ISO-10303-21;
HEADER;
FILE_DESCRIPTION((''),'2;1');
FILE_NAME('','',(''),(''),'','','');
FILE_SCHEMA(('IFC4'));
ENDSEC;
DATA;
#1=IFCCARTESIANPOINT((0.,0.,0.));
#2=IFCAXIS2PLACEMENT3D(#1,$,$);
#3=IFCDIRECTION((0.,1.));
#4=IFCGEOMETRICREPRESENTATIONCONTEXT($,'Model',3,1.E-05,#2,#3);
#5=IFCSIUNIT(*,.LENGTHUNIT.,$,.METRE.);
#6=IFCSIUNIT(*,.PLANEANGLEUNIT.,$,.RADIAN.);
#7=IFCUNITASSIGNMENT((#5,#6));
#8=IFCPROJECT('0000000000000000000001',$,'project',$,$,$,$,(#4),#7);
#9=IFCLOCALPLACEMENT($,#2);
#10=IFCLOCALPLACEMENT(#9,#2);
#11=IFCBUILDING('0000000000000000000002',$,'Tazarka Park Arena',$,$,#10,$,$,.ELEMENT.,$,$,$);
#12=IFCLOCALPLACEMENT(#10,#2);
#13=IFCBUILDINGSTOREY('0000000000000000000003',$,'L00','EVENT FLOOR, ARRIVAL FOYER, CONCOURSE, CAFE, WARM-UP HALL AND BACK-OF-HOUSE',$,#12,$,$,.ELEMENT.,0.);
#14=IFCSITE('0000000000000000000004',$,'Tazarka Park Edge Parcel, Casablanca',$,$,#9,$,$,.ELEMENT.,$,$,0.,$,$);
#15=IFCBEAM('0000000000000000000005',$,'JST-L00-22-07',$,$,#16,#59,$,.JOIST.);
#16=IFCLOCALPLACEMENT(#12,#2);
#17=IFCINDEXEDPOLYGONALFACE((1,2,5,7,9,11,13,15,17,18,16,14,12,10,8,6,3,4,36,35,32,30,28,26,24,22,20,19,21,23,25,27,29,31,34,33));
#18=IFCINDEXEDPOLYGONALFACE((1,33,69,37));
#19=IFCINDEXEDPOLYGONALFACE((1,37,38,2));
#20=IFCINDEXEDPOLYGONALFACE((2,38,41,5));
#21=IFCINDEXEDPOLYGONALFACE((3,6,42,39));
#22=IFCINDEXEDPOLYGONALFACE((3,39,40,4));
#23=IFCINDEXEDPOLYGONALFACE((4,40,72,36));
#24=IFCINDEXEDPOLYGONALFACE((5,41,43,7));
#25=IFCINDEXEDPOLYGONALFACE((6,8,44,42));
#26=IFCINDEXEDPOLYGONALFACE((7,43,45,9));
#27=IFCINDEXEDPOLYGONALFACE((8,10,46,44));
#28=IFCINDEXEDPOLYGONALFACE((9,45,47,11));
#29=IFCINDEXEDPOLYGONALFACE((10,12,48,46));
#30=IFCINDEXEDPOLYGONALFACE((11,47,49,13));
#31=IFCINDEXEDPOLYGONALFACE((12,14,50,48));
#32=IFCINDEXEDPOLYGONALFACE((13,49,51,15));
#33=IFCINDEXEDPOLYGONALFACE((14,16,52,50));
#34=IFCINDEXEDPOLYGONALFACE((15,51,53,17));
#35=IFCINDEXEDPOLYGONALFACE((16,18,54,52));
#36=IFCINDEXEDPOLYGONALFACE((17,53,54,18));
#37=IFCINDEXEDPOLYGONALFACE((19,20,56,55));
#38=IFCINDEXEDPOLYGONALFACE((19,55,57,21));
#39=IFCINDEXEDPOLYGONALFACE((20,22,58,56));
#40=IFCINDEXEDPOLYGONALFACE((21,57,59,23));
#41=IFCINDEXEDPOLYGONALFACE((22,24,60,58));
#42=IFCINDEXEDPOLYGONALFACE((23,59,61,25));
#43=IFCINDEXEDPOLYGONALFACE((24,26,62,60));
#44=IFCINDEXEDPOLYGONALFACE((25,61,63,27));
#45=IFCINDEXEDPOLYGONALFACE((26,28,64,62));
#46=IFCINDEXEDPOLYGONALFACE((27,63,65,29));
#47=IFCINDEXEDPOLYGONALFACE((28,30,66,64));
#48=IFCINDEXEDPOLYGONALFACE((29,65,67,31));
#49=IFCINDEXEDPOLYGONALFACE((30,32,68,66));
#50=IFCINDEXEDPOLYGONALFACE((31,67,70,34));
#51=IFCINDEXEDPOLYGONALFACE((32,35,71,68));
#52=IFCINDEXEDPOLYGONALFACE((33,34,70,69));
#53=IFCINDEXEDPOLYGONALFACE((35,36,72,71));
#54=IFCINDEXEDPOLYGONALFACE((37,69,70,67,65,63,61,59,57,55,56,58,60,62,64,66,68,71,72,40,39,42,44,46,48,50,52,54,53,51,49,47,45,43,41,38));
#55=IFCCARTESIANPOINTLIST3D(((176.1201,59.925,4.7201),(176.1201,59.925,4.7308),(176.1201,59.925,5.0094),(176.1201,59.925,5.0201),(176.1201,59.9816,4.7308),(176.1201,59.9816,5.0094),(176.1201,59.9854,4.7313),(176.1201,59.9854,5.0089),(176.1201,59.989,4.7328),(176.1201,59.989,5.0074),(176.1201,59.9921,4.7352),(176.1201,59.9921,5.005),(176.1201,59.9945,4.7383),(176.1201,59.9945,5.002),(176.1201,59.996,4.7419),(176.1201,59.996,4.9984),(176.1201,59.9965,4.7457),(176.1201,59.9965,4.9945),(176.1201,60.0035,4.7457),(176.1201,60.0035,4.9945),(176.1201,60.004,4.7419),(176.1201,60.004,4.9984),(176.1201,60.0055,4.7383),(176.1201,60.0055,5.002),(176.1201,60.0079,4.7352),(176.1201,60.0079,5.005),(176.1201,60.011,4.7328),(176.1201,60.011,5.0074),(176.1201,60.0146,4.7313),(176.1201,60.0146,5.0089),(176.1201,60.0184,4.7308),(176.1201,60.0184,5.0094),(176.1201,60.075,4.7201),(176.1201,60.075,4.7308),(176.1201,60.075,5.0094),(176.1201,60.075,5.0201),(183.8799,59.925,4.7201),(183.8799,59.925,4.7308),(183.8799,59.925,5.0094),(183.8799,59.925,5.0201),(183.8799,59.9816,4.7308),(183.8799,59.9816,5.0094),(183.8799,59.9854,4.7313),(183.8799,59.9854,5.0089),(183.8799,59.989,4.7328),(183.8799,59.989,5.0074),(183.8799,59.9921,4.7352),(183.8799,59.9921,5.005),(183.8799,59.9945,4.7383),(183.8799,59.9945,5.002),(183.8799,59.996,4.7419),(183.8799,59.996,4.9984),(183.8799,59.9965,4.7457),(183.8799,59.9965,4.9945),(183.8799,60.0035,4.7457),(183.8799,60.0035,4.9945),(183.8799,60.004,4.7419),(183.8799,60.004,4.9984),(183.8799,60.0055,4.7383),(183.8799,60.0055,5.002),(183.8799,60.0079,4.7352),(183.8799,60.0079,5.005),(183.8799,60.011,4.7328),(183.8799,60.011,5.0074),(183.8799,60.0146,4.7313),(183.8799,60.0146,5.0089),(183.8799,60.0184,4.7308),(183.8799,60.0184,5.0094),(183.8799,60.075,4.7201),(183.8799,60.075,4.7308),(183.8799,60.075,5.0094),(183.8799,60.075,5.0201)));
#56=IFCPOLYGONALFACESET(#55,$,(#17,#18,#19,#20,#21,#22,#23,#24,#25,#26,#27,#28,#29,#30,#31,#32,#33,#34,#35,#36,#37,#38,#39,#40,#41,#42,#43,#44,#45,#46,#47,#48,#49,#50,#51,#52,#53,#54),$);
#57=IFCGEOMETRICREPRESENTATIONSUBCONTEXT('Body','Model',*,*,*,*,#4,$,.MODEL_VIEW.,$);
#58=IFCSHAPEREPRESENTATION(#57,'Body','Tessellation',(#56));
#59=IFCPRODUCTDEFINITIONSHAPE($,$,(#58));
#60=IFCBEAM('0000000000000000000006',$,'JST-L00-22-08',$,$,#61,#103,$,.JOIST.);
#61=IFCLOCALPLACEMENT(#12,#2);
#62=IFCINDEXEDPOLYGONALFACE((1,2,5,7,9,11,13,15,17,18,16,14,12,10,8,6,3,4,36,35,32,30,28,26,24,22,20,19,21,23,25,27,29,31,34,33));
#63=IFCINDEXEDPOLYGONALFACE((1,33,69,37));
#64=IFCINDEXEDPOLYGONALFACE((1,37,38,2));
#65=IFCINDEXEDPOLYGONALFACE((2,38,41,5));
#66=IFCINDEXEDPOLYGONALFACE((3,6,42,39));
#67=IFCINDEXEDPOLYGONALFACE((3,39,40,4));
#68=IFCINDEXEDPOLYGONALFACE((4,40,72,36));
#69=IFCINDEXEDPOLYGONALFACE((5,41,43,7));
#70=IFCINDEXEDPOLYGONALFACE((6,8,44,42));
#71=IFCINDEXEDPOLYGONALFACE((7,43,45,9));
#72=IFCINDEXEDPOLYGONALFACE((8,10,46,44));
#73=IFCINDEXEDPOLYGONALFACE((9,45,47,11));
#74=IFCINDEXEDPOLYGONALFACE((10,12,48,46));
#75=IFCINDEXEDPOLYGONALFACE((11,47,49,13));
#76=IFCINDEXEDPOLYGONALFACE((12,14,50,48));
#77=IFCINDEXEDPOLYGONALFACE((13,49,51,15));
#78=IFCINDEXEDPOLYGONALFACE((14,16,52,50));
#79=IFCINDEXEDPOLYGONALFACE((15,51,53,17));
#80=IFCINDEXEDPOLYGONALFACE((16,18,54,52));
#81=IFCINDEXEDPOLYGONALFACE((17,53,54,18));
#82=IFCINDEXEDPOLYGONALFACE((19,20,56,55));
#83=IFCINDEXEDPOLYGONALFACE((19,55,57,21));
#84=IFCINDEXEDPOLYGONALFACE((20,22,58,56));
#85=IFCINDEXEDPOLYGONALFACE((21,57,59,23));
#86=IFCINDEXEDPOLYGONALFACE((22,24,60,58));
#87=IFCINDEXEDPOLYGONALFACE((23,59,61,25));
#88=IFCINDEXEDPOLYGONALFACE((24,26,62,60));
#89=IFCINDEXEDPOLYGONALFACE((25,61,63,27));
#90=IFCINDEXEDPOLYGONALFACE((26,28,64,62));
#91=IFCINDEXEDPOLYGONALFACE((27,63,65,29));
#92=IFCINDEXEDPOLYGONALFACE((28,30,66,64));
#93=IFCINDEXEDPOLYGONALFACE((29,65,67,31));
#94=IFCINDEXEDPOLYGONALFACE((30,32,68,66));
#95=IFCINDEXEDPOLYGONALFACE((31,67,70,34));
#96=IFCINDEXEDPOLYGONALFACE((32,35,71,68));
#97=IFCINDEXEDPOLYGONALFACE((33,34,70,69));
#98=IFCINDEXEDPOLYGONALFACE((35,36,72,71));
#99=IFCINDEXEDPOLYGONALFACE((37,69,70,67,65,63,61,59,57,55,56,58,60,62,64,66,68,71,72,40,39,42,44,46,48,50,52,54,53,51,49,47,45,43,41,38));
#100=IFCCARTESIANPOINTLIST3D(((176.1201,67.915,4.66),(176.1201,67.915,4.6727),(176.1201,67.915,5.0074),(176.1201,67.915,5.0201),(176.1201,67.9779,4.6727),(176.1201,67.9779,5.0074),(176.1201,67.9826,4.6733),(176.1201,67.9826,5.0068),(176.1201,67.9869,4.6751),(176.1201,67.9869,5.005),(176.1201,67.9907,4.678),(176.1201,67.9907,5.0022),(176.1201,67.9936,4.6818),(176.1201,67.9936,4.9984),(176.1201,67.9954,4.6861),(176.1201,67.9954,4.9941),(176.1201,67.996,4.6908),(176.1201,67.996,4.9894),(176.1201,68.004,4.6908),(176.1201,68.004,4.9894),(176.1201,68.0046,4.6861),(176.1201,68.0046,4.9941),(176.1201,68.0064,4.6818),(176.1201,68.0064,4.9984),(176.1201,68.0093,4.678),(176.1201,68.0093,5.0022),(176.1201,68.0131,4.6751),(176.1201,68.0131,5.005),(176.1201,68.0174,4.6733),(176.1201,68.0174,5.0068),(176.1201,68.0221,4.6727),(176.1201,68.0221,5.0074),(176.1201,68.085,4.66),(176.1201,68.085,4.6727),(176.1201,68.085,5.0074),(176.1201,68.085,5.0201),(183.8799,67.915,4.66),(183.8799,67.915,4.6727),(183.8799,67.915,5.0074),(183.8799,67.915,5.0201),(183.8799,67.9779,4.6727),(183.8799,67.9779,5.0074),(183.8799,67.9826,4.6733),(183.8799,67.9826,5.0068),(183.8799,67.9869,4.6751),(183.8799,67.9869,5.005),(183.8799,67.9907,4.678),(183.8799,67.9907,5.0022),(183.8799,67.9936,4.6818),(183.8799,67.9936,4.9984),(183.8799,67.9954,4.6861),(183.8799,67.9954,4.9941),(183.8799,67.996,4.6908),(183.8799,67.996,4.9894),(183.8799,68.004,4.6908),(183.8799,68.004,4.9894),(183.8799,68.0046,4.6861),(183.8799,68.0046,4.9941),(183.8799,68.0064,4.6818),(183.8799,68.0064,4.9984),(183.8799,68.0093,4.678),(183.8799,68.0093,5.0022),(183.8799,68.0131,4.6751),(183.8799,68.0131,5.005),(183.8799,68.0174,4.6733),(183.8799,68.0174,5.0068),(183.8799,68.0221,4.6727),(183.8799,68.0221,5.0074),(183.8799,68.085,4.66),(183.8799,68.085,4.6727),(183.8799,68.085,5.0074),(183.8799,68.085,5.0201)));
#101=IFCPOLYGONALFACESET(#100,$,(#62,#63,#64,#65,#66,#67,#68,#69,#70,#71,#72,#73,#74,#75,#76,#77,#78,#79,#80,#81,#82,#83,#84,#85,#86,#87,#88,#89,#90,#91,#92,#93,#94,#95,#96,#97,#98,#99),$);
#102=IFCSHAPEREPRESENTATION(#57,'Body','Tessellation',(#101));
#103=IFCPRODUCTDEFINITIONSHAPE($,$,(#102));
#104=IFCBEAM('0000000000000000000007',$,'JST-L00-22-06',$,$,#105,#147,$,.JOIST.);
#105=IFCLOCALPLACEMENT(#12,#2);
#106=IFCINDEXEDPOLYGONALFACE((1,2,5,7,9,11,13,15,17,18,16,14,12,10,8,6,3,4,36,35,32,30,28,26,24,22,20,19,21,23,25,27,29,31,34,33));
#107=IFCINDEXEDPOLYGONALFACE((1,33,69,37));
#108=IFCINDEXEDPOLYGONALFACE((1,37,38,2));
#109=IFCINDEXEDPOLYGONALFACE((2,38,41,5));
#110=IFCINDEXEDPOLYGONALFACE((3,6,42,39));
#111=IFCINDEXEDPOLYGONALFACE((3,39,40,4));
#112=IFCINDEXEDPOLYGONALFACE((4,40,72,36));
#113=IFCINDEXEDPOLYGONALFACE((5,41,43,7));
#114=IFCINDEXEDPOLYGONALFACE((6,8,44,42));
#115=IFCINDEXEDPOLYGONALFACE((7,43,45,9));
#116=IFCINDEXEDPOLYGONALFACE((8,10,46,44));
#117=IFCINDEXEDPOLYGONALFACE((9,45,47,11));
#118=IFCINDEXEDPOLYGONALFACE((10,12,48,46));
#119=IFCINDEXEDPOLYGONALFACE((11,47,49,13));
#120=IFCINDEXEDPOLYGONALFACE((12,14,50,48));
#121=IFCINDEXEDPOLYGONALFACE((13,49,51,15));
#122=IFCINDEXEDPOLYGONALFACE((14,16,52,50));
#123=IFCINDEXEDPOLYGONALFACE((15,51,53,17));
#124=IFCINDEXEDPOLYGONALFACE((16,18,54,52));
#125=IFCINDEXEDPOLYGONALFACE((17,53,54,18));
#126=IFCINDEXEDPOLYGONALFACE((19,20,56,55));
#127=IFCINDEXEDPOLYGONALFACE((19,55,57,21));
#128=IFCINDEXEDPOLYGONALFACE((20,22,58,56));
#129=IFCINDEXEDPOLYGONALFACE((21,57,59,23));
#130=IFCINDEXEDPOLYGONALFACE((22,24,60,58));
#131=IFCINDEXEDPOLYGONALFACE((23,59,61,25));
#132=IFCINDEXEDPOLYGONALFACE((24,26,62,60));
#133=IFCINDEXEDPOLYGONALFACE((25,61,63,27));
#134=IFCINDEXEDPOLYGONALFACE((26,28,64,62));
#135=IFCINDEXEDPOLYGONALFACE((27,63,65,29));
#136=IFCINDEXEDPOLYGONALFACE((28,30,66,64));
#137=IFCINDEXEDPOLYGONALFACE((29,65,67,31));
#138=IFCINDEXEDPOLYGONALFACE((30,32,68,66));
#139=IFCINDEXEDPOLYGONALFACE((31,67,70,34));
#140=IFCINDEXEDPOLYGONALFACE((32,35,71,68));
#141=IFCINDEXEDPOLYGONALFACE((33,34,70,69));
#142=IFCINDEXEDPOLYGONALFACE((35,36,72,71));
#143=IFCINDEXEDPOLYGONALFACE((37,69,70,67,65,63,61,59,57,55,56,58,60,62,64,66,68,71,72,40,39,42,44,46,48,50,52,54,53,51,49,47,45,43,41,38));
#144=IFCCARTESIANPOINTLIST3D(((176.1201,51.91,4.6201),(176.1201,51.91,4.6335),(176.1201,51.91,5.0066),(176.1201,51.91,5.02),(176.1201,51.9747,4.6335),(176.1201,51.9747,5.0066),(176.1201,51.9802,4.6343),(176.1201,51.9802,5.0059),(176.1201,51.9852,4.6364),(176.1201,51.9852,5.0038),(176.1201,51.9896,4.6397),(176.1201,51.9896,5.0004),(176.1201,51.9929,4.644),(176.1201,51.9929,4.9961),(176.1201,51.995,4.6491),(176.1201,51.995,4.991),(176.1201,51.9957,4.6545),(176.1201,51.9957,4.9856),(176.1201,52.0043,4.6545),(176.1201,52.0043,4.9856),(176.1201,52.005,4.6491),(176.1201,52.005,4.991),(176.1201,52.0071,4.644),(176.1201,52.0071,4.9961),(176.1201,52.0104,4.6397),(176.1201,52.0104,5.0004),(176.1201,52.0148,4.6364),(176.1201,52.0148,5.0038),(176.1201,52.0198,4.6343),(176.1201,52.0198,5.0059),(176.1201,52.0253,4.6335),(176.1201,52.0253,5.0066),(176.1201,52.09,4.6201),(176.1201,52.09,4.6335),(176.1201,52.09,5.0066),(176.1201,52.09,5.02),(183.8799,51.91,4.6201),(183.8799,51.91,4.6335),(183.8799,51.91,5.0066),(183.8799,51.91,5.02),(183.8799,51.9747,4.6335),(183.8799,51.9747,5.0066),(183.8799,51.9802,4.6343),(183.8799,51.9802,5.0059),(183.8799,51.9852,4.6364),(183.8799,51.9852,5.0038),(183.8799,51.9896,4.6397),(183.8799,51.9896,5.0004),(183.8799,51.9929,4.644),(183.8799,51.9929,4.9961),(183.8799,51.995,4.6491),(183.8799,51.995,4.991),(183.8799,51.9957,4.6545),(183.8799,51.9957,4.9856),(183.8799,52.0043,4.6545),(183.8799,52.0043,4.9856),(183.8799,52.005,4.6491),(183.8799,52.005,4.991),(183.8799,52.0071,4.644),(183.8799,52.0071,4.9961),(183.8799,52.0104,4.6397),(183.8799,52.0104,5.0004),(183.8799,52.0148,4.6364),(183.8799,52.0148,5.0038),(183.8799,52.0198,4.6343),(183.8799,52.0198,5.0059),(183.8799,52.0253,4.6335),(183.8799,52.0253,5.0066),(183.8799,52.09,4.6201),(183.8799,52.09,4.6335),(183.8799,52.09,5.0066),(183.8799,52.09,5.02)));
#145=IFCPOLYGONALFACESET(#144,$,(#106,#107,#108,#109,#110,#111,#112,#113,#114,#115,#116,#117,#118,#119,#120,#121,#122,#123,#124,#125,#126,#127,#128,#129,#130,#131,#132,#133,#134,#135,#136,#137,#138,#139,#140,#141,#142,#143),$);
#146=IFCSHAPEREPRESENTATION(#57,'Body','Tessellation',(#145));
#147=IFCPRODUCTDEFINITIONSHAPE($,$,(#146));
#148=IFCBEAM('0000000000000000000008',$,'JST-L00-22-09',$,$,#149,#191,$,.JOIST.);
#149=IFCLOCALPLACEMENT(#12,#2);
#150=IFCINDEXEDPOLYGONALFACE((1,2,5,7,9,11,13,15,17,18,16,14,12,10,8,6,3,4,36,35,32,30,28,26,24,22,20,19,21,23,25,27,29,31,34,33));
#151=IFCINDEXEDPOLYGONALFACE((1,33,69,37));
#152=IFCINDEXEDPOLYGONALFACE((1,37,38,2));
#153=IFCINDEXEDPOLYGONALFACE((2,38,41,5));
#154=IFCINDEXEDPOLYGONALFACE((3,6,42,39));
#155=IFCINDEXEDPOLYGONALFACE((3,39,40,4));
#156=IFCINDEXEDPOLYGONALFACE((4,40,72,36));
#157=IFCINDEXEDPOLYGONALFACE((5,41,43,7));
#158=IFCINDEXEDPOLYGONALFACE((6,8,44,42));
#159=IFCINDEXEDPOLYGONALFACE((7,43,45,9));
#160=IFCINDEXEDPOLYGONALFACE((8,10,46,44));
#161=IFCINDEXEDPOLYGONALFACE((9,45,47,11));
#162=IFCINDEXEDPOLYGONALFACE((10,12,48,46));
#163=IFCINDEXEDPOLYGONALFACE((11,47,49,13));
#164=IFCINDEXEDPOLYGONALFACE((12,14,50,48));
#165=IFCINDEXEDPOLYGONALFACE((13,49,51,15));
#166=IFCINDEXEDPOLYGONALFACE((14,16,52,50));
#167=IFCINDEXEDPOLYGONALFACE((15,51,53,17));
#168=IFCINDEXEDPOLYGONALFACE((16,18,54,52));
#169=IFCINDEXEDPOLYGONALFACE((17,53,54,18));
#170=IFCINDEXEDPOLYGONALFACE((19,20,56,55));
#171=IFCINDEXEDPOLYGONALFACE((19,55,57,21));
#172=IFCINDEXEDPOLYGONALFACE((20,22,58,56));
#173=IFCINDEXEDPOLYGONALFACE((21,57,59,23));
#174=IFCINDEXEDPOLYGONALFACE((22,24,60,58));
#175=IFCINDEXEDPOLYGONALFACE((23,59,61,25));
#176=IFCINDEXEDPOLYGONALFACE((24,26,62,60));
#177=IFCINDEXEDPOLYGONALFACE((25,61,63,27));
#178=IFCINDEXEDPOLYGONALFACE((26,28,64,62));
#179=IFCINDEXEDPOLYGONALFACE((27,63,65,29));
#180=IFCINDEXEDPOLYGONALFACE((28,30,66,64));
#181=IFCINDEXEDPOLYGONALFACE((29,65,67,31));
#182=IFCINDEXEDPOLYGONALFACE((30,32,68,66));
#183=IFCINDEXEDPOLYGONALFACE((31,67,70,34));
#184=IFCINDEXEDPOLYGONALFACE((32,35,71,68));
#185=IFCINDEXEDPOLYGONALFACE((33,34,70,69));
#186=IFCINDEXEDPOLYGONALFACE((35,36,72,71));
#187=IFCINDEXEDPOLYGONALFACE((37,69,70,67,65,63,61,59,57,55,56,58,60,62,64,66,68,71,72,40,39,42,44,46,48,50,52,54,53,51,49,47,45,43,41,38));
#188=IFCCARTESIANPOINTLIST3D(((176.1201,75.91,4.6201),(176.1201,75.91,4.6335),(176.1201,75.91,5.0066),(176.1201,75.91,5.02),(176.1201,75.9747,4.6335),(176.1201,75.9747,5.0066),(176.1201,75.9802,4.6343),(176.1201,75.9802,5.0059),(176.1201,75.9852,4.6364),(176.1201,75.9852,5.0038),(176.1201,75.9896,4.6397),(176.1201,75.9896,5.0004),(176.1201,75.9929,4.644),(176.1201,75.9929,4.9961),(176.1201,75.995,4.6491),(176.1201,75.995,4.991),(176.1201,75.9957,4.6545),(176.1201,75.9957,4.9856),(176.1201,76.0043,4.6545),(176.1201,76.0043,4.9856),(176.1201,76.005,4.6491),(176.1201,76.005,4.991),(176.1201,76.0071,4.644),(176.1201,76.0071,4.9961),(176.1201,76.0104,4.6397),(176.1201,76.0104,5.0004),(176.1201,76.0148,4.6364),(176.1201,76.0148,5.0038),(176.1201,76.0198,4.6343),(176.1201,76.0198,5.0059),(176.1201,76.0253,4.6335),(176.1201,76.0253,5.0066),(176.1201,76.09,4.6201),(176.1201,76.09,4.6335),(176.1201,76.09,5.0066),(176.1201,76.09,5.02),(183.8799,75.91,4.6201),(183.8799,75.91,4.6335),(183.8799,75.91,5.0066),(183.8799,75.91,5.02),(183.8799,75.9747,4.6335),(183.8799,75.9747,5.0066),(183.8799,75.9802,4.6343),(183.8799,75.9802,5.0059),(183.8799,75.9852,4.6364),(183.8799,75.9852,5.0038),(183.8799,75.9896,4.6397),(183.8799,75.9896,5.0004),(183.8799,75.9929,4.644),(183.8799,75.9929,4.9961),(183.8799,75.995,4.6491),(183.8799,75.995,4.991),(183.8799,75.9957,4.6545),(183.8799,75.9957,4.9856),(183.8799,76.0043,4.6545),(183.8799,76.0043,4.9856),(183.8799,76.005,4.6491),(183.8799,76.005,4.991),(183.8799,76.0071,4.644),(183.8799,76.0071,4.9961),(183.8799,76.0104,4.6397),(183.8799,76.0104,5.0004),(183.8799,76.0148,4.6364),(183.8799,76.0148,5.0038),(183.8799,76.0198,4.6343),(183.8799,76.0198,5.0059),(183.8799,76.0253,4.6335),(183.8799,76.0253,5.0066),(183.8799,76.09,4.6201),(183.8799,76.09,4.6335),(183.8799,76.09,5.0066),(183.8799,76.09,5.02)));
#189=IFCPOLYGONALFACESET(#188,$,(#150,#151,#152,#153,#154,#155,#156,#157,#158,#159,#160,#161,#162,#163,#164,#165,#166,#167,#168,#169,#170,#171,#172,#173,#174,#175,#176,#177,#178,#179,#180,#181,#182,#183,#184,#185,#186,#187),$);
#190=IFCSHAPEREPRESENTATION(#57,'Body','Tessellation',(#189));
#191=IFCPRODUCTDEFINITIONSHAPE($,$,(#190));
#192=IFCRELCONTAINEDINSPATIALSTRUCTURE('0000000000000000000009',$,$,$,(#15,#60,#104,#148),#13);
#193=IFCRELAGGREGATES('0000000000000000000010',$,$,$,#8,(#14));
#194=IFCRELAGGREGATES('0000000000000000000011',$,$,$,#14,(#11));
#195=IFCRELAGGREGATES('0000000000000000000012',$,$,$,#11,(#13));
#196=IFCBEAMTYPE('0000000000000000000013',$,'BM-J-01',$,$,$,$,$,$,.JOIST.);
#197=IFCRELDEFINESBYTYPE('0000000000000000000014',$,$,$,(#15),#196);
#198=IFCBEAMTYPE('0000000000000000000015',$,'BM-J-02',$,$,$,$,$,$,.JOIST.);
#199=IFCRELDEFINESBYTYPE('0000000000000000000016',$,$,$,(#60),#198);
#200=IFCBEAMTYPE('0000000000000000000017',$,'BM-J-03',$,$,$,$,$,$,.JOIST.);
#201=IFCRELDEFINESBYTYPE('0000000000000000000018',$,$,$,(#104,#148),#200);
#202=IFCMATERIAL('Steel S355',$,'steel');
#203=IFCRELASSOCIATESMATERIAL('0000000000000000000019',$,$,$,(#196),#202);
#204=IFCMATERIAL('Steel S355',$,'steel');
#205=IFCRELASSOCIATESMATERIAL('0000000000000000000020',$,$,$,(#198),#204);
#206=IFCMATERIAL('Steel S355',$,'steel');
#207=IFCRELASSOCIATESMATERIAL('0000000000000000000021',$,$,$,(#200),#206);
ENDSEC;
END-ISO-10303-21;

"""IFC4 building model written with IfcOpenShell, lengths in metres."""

from ifc_helpers import new_model, si_unit, direction, frame, origin, origin_2d, place, context, subcontext, project, spatial, i_section, extrude, material, material_profile, profile_set, type_object, element, save


model = new_model("IFC4")

# Units and contexts
model_context = context("Model", 3, precision=1e-05, world=origin(), true_north=direction((0.0, 1.0)))
body_context = subcontext(model_context, "Body", "Model", "MODEL_VIEW")
ifc_project = project(units=[si_unit("LENGTHUNIT", "METRE"), si_unit("PLANEANGLEUNIT", "RADIAN")], contexts=[model_context])

# Site, building, storey
site_placement = place(None, origin())
site = spatial("IfcSite", under=ifc_project, at=site_placement, Name="Tazarka Park Edge Parcel, Casablanca", CompositionType="ELEMENT", RefElevation=0.0)
building_placement = place(site_placement, origin())
building = spatial("IfcBuilding", under=site, at=building_placement, Name="Tazarka Park Arena", CompositionType="ELEMENT")
storey_placement = place(building_placement, origin())
storey = spatial("IfcBuildingStorey", under=building, at=storey_placement, Name="L00", Description="EVENT FLOOR, ARRIVAL FOYER, CONCOURSE, CAFE, WARM-UP HALL AND BACK-OF-HOUSE", CompositionType="ELEMENT", Elevation=0.0)

# Beams
ifc_material_1 = material(Name="Steel S355", Category="steel")
ifc_material_profile_1 = material_profile(ifc_material_1, i_section(OverallWidth=0.1499, OverallDepth=0.3, WebThickness=0.0071, FlangeThickness=0.0107, FilletRadius=0.0149, at=origin_2d()), Name="Steel S355")
ifc_profile_set_1 = profile_set([ifc_material_profile_1], Name="Steel S355")
beam_type_1 = type_object("IfcBeamType", Name="BM-J-01", PredefinedType="JOIST", material=ifc_profile_set_1)
beam_1_placement = place(storey_placement, frame((176.1201, 60.0, 4.8701), z_axis=(1.0, 0.0, 0.0), x_axis=(0.0, 1.0, 0.0)))
element("IfcBeam", 1, at=beam_1_placement, inside=storey, type_object=beam_type_1, Name="JST-L00-22-07", PredefinedType="JOIST", context=body_context, shape_type="SweptSolid", body=[
    extrude(i_section(OverallWidth=0.1499, OverallDepth=0.3, WebThickness=0.0071, FlangeThickness=0.0107, FilletRadius=0.0149, at=origin_2d()), origin(), (0.0, 0.0, 1.0), 7.7598),
])
ifc_material_2 = material(Name="Steel S355", Category="steel")
ifc_material_profile_2 = material_profile(ifc_material_2, i_section(OverallWidth=0.1699, OverallDepth=0.3601, WebThickness=0.0081, FlangeThickness=0.0127, FilletRadius=0.0181, at=origin_2d()), Name="Steel S355")
ifc_profile_set_2 = profile_set([ifc_material_profile_2], Name="Steel S355")
beam_type_2 = type_object("IfcBeamType", Name="BM-J-02", PredefinedType="JOIST", material=ifc_profile_set_2)
beam_2_placement = place(storey_placement, frame((176.1201, 68.0, 4.8401), z_axis=(1.0, 0.0, 0.0), x_axis=(0.0, 1.0, 0.0)))
element("IfcBeam", 2, at=beam_2_placement, inside=storey, type_object=beam_type_2, Name="JST-L00-22-08", PredefinedType="JOIST", context=body_context, shape_type="SweptSolid", body=[
    extrude(i_section(OverallWidth=0.1699, OverallDepth=0.3601, WebThickness=0.0081, FlangeThickness=0.0127, FilletRadius=0.0181, at=origin_2d()), origin(), (0.0, 0.0, 1.0), 7.7598),
])
ifc_material_3 = material(Name="Steel S355", Category="steel")
ifc_material_profile_3 = material_profile(ifc_material_3, i_section(OverallWidth=0.1799, OverallDepth=0.3999, WebThickness=0.0085, FlangeThickness=0.0134, FilletRadius=0.021, at=origin_2d()), Name="Steel S355")
ifc_profile_set_3 = profile_set([ifc_material_profile_3], Name="Steel S355")
beam_type_3 = type_object("IfcBeamType", Name="BM-J-03", PredefinedType="JOIST", material=ifc_profile_set_3)
for number, where, z_axis, x_axis, name in (
    (3, (176.1201, 52.0, 4.8201), (1.0, 0.0, 0.0), (0.0, 1.0, 0.0), "JST-L00-22-06"),
    (4, (176.1201, 76.0, 4.8201), (1.0, 0.0, 0.0), (0.0, 1.0, 0.0), "JST-L00-22-09"),
):
    element("IfcBeam", number, at=place(storey_placement, frame(where, z_axis=z_axis, x_axis=x_axis)), inside=storey, type_object=beam_type_3, Name=name, PredefinedType="JOIST", context=body_context, shape_type="SweptSolid", body=[
        extrude(i_section(OverallWidth=0.1799, OverallDepth=0.3999, WebThickness=0.0085, FlangeThickness=0.0134, FilletRadius=0.021, at=origin_2d()), origin(), (0.0, 0.0, 1.0), 7.7598),
    ])

save(model, "model.ifc")
